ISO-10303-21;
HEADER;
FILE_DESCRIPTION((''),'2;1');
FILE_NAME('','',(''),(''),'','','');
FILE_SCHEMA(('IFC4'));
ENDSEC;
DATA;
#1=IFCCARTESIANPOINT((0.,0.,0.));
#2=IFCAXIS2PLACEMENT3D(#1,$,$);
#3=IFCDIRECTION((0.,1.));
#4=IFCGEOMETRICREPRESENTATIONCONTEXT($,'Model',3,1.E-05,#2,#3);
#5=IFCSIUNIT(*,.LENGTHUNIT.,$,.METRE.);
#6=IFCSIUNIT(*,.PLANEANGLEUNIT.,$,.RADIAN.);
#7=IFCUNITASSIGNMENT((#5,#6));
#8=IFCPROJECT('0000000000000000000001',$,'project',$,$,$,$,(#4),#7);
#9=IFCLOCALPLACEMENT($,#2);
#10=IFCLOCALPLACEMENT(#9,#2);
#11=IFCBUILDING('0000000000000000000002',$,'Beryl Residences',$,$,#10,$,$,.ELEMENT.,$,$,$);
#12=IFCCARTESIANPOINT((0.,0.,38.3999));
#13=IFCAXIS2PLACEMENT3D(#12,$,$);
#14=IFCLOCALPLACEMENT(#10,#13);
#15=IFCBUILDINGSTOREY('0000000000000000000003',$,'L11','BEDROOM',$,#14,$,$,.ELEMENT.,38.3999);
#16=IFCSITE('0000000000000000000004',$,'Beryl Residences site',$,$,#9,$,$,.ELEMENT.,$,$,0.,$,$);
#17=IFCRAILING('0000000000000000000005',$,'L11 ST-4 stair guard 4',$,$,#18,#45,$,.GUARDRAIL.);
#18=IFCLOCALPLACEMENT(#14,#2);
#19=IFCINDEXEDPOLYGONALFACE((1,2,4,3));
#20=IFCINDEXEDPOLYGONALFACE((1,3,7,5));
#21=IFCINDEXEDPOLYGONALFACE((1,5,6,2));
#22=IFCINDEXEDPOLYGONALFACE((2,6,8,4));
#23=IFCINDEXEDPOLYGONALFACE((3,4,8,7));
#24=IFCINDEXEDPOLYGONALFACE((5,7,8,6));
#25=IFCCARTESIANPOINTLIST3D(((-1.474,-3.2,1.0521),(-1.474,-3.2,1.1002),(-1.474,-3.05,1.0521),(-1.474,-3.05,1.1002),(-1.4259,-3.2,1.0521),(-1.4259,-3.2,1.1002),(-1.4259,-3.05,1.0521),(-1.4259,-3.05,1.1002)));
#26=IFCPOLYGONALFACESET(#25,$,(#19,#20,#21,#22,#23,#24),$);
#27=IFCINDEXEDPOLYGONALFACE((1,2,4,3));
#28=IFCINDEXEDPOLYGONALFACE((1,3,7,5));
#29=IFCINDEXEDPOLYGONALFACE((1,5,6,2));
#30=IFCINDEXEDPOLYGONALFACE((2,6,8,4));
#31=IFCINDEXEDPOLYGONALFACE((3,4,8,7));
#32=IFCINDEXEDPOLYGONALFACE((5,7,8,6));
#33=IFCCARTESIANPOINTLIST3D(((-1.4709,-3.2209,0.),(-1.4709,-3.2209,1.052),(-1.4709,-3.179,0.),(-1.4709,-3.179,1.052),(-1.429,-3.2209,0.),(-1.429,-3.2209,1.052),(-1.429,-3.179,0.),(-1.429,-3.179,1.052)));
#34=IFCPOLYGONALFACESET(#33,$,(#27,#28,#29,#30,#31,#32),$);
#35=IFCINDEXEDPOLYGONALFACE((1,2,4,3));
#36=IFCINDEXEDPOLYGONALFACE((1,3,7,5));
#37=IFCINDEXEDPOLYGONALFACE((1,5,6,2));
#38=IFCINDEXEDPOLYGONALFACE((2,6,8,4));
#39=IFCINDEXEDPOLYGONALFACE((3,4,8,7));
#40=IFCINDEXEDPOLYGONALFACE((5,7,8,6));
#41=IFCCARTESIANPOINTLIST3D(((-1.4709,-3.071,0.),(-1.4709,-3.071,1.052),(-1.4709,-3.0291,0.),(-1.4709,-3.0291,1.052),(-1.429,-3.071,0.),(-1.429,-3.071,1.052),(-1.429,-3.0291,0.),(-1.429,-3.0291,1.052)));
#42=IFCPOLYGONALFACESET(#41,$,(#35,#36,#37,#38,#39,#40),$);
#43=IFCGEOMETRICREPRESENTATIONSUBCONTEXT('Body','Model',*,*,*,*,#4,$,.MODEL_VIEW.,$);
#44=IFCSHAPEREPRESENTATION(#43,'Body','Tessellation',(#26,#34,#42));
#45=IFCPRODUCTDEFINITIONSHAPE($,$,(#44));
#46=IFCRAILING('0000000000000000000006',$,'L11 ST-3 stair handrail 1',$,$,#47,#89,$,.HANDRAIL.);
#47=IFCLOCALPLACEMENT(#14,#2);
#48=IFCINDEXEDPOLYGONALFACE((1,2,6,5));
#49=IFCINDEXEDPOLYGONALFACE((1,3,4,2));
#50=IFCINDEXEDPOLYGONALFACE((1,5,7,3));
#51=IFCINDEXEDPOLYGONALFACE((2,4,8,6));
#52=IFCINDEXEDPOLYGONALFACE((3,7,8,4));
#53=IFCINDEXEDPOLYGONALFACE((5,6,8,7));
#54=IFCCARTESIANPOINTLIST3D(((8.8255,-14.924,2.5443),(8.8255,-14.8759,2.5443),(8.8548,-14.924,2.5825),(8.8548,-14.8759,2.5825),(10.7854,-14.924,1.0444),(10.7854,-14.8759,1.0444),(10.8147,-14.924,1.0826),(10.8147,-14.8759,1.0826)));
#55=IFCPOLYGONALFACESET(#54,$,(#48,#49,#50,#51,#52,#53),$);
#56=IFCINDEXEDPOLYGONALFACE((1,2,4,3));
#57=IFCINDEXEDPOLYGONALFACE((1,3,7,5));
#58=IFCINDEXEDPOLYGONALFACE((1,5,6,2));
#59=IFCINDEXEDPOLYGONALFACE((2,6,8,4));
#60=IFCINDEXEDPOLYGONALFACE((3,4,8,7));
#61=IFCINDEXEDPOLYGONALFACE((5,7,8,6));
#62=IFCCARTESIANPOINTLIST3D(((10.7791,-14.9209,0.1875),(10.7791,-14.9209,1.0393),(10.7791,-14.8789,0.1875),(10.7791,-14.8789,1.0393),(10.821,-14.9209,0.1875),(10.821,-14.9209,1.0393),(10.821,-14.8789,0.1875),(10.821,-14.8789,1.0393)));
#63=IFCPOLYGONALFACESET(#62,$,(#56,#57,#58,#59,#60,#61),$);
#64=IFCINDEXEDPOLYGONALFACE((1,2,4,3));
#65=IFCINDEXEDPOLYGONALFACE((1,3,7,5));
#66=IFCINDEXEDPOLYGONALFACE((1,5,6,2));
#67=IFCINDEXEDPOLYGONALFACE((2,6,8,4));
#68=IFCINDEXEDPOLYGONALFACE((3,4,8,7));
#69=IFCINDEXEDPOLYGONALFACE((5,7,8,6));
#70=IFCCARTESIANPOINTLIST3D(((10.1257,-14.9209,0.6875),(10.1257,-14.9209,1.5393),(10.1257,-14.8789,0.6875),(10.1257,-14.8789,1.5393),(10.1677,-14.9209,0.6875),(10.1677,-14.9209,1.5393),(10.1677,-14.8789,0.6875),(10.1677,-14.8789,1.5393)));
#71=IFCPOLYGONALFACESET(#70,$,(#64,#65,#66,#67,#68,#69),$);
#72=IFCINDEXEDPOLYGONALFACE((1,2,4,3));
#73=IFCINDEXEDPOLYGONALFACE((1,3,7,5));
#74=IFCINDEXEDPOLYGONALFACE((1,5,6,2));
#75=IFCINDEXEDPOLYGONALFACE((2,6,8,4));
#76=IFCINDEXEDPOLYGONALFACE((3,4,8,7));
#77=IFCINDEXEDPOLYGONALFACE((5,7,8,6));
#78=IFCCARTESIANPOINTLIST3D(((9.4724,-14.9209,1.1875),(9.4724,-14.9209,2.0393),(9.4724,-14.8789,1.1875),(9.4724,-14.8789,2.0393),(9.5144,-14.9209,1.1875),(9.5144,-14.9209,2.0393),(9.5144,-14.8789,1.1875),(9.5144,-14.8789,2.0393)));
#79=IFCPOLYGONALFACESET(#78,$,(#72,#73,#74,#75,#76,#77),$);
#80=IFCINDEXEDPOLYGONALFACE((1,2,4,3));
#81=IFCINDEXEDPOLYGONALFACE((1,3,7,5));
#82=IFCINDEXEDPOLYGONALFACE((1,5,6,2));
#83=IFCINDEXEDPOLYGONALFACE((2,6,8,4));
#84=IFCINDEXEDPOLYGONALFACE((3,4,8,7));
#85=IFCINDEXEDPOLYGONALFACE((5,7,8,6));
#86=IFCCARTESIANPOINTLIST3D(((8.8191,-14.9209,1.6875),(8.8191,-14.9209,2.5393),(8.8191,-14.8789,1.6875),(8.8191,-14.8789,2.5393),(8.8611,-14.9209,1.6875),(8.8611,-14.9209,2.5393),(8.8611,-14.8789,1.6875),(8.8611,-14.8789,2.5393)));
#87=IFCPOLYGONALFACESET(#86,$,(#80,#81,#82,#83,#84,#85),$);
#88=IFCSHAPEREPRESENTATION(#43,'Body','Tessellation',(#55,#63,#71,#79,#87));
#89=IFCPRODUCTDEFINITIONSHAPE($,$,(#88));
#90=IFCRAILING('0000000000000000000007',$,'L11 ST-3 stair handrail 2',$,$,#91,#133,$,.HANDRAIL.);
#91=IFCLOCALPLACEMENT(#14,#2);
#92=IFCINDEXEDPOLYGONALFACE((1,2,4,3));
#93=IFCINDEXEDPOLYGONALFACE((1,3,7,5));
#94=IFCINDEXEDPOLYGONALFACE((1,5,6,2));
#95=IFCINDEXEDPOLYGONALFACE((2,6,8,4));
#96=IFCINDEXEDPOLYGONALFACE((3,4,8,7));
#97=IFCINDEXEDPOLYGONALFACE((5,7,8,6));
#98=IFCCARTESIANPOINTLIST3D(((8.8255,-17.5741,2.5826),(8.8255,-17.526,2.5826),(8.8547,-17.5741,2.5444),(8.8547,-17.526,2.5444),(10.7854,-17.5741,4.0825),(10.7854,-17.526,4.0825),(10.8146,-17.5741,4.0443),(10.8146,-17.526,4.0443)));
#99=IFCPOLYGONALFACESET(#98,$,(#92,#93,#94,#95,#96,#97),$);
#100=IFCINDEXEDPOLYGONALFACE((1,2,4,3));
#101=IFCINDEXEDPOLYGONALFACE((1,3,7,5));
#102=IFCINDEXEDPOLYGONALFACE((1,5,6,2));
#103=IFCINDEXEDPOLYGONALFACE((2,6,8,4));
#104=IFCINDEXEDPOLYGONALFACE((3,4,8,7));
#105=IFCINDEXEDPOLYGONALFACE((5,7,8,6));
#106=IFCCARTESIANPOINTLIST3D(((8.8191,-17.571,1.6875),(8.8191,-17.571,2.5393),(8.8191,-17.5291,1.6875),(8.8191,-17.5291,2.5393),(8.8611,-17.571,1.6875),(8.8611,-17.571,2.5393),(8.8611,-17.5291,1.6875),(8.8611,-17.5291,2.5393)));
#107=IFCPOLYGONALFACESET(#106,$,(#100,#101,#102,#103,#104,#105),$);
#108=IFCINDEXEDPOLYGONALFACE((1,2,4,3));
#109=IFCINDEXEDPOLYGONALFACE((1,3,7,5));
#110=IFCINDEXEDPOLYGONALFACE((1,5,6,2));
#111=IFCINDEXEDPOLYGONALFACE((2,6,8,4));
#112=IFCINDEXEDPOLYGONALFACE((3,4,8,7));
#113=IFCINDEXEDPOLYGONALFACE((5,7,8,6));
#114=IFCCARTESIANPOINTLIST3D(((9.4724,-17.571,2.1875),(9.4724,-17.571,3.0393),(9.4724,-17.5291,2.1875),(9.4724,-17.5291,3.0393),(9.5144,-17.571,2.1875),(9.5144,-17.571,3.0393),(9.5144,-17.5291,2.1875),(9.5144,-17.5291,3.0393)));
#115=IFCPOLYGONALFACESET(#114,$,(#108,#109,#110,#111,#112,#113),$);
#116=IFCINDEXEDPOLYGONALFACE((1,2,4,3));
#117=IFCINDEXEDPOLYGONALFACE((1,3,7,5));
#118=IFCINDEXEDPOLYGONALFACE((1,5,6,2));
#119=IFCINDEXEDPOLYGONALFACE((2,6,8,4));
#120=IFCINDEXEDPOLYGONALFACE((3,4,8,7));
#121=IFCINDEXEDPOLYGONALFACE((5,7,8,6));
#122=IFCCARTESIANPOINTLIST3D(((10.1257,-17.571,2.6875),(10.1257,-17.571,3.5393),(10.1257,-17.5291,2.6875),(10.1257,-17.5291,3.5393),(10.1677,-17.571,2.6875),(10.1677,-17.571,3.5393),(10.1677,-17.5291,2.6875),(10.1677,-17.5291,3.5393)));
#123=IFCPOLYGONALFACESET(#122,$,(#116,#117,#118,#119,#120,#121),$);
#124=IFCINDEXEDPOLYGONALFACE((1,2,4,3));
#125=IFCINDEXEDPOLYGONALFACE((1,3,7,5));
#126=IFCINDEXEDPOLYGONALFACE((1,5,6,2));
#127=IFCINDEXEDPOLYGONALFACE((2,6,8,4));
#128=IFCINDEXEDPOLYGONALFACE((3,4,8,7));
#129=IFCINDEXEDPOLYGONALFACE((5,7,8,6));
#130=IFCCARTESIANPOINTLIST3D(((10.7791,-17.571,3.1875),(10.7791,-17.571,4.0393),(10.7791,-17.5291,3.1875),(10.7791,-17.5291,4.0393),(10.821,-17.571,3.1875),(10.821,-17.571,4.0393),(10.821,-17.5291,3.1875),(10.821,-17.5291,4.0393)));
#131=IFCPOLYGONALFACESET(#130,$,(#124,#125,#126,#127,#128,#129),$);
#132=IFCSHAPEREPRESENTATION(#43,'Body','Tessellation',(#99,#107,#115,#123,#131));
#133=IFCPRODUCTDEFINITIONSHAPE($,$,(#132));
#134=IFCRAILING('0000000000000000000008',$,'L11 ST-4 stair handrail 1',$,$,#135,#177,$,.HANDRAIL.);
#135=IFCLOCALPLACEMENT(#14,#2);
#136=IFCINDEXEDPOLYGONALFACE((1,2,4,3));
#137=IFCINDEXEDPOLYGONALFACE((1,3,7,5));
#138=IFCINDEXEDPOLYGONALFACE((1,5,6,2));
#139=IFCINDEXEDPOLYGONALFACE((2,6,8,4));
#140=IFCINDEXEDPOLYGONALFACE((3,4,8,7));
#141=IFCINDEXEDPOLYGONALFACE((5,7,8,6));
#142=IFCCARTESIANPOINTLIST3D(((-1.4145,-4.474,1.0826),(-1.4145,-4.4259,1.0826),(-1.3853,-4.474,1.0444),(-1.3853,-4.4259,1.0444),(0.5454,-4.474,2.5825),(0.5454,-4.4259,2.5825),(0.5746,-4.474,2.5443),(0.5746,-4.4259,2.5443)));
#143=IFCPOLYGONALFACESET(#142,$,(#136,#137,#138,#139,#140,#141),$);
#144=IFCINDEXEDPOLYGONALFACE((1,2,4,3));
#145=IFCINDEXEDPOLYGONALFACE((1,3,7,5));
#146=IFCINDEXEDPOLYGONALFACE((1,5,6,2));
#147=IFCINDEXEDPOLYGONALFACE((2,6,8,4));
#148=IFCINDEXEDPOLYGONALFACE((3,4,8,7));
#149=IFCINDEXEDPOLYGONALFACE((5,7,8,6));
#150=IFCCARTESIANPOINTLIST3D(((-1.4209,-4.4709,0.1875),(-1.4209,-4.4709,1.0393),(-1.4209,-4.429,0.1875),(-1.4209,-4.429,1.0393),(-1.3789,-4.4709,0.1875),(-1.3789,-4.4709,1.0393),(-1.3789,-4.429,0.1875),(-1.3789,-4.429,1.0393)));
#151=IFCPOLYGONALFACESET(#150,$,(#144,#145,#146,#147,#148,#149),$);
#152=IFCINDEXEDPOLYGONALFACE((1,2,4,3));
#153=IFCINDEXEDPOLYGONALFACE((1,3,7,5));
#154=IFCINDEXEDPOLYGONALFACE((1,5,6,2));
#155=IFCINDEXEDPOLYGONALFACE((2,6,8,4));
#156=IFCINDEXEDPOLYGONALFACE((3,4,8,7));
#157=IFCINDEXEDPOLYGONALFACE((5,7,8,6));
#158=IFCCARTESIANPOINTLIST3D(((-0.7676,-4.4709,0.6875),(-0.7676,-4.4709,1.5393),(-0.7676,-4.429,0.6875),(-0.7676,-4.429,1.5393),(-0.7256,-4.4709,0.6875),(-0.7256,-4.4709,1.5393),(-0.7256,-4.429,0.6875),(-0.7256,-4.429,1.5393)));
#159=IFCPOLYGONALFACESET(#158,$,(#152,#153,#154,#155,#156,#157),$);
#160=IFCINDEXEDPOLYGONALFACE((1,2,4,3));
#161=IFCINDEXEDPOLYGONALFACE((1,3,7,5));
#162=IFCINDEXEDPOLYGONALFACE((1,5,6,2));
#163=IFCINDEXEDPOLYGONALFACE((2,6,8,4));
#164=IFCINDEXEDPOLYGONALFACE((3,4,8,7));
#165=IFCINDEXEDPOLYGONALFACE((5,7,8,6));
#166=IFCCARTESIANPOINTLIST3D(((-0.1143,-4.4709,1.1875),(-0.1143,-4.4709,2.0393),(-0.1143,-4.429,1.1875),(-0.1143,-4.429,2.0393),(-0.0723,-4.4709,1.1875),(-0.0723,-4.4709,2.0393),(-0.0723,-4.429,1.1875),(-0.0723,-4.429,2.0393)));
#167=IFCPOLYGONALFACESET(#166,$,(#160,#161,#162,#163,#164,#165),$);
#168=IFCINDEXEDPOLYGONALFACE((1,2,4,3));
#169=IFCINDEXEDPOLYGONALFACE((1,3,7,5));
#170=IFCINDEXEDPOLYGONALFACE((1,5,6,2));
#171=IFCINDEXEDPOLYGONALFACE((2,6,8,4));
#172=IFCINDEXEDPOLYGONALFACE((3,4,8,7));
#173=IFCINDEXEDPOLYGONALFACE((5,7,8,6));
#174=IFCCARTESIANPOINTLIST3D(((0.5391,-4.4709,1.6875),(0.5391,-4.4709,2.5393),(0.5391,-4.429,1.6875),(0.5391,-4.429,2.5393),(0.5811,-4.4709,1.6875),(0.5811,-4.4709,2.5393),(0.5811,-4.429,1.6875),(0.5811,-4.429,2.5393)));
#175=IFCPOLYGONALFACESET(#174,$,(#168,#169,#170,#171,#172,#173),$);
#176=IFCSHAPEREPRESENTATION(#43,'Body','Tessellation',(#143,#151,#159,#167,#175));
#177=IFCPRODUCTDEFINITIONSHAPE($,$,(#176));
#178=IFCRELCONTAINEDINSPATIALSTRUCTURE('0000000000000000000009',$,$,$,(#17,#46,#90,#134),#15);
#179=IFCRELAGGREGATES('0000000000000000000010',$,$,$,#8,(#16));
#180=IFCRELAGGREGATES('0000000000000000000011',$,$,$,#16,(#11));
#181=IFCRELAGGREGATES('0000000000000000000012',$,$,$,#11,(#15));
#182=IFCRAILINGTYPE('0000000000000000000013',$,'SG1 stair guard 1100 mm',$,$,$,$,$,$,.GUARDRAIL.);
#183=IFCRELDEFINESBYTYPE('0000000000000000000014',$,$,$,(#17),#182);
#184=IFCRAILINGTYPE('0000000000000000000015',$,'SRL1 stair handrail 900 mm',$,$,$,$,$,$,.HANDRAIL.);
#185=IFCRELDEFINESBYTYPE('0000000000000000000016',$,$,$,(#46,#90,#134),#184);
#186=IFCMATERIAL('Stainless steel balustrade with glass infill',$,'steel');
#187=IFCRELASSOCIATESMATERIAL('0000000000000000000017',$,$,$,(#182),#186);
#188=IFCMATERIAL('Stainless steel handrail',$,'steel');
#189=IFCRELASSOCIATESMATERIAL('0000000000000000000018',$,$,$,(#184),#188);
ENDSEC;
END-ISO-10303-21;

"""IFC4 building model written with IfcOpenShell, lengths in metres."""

from ifc_helpers import new_model, si_unit, direction, frame, origin, origin_2d, place, context, subcontext, project, spatial, rectangle, extrude, material, type_object, element, save


model = new_model("IFC4")

# Units and contexts
model_context = context("Model", 3, precision=1e-05, world=origin(), true_north=direction((0.0, 1.0)))
body_context = subcontext(model_context, "Body", "Model", "MODEL_VIEW")
ifc_project = project(units=[si_unit("LENGTHUNIT", "METRE"), si_unit("PLANEANGLEUNIT", "RADIAN")], contexts=[model_context])

# Site, building, storey
site_placement = place(None, origin())
site = spatial("IfcSite", under=ifc_project, at=site_placement, Name="Beryl Residences site", CompositionType="ELEMENT", RefElevation=0.0)
building_placement = place(site_placement, origin())
building = spatial("IfcBuilding", under=site, at=building_placement, Name="Beryl Residences", CompositionType="ELEMENT")
storey_placement = place(building_placement, frame((0.0, 0.0, 38.3999)))
storey = spatial("IfcBuildingStorey", under=building, at=storey_placement, Name="L11", Description="BEDROOM", CompositionType="ELEMENT", Elevation=38.3999)

# Railings
ifc_material_1 = material(Name="Stainless steel balustrade with glass infill", Category="steel")
railing_type_1 = type_object("IfcRailingType", Name="SG1 stair guard 1100 mm", PredefinedType="GUARDRAIL", material=ifc_material_1)
railing_1_placement = place(storey_placement, frame((-1.45, -3.2, 0.0)))
element("IfcRailing", 1, at=railing_1_placement, inside=storey, type_object=railing_type_1, Name="L11 ST-4 stair guard 4", PredefinedType="GUARDRAIL", context=body_context, shape_type="SweptSolid", body=[
    extrude(rectangle(XDim=0.0481, YDim=0.0481, at=origin_2d()), frame((0.0, 0.0, 1.0762), z_axis=(0.0, 1.0, 0.0), x_axis=(-1.0, 0.0, 0.0)), (0.0, 0.0, 1.0), 0.1499),
    extrude(rectangle(XDim=0.042, YDim=0.042, at=origin_2d()), origin(), (0.0, 0.0, 1.0), 1.052),
    extrude(rectangle(XDim=0.042, YDim=0.042, at=origin_2d()), frame((0.0, 0.1499, 0.0)), (0.0, 0.0, 1.0), 1.052),
])
ifc_material_2 = material(Name="Stainless steel handrail", Category="steel")
railing_type_2 = type_object("IfcRailingType", Name="SRL1 stair handrail 900 mm", PredefinedType="HANDRAIL", material=ifc_material_2)
railing_2_placement = place(storey_placement, frame((10.8, -14.8999, 0.1875)))
element("IfcRailing", 2, at=railing_2_placement, inside=storey, type_object=railing_type_2, Name="L11 ST-3 stair handrail 1", PredefinedType="HANDRAIL", context=body_context, shape_type="SweptSolid", body=[
    extrude(rectangle(XDim=0.0481, YDim=0.0481, at=origin_2d()), frame((0.0, 0.0, 0.876), z_axis=(-0.794122, 0.0, 0.607758), x_axis=(0.0, -1.0, 0.0)), (0.0, 0.0, 1.0), 2.468),
    extrude(rectangle(XDim=0.042, YDim=0.042, at=origin_2d()), origin(), (0.0, 0.0, 1.0), 0.8518),
    extrude(rectangle(XDim=0.042, YDim=0.042, at=origin_2d()), frame((-0.6533, 0.0, 0.5)), (0.0, 0.0, 1.0), 0.8518),
    extrude(rectangle(XDim=0.042, YDim=0.042, at=origin_2d()), frame((-1.3066, 0.0, 1.0)), (0.0, 0.0, 1.0), 0.8518),
    extrude(rectangle(XDim=0.042, YDim=0.042, at=origin_2d()), frame((-1.96, 0.0, 1.5)), (0.0, 0.0, 1.0), 0.8518),
])
for number, where, name in (
    (3, (8.8401, -17.55, 1.6875), "L11 ST-3 stair handrail 2"),
    (4, (-1.3999, -4.45, 0.1875), "L11 ST-4 stair handrail 1"),
):
    element("IfcRailing", number, at=place(storey_placement, frame(where)), inside=storey, type_object=railing_type_2, Name=name, PredefinedType="HANDRAIL", context=body_context, shape_type="SweptSolid", body=[
        extrude(rectangle(XDim=0.0481, YDim=0.0481, at=origin_2d()), frame((0.0, 0.0, 0.876), z_axis=(0.794122, 0.0, 0.607758), x_axis=(0.0, 1.0, 0.0)), (0.0, 0.0, 1.0), 2.468),
        extrude(rectangle(XDim=0.042, YDim=0.042, at=origin_2d()), origin(), (0.0, 0.0, 1.0), 0.8518),
        extrude(rectangle(XDim=0.042, YDim=0.042, at=origin_2d()), frame((0.6533, 0.0, 0.5)), (0.0, 0.0, 1.0), 0.8518),
        extrude(rectangle(XDim=0.042, YDim=0.042, at=origin_2d()), frame((1.3066, 0.0, 1.0)), (0.0, 0.0, 1.0), 0.8518),
        extrude(rectangle(XDim=0.042, YDim=0.042, at=origin_2d()), frame((1.96, 0.0, 1.5)), (0.0, 0.0, 1.0), 0.8518),
    ])

save(model, "model.ifc")
